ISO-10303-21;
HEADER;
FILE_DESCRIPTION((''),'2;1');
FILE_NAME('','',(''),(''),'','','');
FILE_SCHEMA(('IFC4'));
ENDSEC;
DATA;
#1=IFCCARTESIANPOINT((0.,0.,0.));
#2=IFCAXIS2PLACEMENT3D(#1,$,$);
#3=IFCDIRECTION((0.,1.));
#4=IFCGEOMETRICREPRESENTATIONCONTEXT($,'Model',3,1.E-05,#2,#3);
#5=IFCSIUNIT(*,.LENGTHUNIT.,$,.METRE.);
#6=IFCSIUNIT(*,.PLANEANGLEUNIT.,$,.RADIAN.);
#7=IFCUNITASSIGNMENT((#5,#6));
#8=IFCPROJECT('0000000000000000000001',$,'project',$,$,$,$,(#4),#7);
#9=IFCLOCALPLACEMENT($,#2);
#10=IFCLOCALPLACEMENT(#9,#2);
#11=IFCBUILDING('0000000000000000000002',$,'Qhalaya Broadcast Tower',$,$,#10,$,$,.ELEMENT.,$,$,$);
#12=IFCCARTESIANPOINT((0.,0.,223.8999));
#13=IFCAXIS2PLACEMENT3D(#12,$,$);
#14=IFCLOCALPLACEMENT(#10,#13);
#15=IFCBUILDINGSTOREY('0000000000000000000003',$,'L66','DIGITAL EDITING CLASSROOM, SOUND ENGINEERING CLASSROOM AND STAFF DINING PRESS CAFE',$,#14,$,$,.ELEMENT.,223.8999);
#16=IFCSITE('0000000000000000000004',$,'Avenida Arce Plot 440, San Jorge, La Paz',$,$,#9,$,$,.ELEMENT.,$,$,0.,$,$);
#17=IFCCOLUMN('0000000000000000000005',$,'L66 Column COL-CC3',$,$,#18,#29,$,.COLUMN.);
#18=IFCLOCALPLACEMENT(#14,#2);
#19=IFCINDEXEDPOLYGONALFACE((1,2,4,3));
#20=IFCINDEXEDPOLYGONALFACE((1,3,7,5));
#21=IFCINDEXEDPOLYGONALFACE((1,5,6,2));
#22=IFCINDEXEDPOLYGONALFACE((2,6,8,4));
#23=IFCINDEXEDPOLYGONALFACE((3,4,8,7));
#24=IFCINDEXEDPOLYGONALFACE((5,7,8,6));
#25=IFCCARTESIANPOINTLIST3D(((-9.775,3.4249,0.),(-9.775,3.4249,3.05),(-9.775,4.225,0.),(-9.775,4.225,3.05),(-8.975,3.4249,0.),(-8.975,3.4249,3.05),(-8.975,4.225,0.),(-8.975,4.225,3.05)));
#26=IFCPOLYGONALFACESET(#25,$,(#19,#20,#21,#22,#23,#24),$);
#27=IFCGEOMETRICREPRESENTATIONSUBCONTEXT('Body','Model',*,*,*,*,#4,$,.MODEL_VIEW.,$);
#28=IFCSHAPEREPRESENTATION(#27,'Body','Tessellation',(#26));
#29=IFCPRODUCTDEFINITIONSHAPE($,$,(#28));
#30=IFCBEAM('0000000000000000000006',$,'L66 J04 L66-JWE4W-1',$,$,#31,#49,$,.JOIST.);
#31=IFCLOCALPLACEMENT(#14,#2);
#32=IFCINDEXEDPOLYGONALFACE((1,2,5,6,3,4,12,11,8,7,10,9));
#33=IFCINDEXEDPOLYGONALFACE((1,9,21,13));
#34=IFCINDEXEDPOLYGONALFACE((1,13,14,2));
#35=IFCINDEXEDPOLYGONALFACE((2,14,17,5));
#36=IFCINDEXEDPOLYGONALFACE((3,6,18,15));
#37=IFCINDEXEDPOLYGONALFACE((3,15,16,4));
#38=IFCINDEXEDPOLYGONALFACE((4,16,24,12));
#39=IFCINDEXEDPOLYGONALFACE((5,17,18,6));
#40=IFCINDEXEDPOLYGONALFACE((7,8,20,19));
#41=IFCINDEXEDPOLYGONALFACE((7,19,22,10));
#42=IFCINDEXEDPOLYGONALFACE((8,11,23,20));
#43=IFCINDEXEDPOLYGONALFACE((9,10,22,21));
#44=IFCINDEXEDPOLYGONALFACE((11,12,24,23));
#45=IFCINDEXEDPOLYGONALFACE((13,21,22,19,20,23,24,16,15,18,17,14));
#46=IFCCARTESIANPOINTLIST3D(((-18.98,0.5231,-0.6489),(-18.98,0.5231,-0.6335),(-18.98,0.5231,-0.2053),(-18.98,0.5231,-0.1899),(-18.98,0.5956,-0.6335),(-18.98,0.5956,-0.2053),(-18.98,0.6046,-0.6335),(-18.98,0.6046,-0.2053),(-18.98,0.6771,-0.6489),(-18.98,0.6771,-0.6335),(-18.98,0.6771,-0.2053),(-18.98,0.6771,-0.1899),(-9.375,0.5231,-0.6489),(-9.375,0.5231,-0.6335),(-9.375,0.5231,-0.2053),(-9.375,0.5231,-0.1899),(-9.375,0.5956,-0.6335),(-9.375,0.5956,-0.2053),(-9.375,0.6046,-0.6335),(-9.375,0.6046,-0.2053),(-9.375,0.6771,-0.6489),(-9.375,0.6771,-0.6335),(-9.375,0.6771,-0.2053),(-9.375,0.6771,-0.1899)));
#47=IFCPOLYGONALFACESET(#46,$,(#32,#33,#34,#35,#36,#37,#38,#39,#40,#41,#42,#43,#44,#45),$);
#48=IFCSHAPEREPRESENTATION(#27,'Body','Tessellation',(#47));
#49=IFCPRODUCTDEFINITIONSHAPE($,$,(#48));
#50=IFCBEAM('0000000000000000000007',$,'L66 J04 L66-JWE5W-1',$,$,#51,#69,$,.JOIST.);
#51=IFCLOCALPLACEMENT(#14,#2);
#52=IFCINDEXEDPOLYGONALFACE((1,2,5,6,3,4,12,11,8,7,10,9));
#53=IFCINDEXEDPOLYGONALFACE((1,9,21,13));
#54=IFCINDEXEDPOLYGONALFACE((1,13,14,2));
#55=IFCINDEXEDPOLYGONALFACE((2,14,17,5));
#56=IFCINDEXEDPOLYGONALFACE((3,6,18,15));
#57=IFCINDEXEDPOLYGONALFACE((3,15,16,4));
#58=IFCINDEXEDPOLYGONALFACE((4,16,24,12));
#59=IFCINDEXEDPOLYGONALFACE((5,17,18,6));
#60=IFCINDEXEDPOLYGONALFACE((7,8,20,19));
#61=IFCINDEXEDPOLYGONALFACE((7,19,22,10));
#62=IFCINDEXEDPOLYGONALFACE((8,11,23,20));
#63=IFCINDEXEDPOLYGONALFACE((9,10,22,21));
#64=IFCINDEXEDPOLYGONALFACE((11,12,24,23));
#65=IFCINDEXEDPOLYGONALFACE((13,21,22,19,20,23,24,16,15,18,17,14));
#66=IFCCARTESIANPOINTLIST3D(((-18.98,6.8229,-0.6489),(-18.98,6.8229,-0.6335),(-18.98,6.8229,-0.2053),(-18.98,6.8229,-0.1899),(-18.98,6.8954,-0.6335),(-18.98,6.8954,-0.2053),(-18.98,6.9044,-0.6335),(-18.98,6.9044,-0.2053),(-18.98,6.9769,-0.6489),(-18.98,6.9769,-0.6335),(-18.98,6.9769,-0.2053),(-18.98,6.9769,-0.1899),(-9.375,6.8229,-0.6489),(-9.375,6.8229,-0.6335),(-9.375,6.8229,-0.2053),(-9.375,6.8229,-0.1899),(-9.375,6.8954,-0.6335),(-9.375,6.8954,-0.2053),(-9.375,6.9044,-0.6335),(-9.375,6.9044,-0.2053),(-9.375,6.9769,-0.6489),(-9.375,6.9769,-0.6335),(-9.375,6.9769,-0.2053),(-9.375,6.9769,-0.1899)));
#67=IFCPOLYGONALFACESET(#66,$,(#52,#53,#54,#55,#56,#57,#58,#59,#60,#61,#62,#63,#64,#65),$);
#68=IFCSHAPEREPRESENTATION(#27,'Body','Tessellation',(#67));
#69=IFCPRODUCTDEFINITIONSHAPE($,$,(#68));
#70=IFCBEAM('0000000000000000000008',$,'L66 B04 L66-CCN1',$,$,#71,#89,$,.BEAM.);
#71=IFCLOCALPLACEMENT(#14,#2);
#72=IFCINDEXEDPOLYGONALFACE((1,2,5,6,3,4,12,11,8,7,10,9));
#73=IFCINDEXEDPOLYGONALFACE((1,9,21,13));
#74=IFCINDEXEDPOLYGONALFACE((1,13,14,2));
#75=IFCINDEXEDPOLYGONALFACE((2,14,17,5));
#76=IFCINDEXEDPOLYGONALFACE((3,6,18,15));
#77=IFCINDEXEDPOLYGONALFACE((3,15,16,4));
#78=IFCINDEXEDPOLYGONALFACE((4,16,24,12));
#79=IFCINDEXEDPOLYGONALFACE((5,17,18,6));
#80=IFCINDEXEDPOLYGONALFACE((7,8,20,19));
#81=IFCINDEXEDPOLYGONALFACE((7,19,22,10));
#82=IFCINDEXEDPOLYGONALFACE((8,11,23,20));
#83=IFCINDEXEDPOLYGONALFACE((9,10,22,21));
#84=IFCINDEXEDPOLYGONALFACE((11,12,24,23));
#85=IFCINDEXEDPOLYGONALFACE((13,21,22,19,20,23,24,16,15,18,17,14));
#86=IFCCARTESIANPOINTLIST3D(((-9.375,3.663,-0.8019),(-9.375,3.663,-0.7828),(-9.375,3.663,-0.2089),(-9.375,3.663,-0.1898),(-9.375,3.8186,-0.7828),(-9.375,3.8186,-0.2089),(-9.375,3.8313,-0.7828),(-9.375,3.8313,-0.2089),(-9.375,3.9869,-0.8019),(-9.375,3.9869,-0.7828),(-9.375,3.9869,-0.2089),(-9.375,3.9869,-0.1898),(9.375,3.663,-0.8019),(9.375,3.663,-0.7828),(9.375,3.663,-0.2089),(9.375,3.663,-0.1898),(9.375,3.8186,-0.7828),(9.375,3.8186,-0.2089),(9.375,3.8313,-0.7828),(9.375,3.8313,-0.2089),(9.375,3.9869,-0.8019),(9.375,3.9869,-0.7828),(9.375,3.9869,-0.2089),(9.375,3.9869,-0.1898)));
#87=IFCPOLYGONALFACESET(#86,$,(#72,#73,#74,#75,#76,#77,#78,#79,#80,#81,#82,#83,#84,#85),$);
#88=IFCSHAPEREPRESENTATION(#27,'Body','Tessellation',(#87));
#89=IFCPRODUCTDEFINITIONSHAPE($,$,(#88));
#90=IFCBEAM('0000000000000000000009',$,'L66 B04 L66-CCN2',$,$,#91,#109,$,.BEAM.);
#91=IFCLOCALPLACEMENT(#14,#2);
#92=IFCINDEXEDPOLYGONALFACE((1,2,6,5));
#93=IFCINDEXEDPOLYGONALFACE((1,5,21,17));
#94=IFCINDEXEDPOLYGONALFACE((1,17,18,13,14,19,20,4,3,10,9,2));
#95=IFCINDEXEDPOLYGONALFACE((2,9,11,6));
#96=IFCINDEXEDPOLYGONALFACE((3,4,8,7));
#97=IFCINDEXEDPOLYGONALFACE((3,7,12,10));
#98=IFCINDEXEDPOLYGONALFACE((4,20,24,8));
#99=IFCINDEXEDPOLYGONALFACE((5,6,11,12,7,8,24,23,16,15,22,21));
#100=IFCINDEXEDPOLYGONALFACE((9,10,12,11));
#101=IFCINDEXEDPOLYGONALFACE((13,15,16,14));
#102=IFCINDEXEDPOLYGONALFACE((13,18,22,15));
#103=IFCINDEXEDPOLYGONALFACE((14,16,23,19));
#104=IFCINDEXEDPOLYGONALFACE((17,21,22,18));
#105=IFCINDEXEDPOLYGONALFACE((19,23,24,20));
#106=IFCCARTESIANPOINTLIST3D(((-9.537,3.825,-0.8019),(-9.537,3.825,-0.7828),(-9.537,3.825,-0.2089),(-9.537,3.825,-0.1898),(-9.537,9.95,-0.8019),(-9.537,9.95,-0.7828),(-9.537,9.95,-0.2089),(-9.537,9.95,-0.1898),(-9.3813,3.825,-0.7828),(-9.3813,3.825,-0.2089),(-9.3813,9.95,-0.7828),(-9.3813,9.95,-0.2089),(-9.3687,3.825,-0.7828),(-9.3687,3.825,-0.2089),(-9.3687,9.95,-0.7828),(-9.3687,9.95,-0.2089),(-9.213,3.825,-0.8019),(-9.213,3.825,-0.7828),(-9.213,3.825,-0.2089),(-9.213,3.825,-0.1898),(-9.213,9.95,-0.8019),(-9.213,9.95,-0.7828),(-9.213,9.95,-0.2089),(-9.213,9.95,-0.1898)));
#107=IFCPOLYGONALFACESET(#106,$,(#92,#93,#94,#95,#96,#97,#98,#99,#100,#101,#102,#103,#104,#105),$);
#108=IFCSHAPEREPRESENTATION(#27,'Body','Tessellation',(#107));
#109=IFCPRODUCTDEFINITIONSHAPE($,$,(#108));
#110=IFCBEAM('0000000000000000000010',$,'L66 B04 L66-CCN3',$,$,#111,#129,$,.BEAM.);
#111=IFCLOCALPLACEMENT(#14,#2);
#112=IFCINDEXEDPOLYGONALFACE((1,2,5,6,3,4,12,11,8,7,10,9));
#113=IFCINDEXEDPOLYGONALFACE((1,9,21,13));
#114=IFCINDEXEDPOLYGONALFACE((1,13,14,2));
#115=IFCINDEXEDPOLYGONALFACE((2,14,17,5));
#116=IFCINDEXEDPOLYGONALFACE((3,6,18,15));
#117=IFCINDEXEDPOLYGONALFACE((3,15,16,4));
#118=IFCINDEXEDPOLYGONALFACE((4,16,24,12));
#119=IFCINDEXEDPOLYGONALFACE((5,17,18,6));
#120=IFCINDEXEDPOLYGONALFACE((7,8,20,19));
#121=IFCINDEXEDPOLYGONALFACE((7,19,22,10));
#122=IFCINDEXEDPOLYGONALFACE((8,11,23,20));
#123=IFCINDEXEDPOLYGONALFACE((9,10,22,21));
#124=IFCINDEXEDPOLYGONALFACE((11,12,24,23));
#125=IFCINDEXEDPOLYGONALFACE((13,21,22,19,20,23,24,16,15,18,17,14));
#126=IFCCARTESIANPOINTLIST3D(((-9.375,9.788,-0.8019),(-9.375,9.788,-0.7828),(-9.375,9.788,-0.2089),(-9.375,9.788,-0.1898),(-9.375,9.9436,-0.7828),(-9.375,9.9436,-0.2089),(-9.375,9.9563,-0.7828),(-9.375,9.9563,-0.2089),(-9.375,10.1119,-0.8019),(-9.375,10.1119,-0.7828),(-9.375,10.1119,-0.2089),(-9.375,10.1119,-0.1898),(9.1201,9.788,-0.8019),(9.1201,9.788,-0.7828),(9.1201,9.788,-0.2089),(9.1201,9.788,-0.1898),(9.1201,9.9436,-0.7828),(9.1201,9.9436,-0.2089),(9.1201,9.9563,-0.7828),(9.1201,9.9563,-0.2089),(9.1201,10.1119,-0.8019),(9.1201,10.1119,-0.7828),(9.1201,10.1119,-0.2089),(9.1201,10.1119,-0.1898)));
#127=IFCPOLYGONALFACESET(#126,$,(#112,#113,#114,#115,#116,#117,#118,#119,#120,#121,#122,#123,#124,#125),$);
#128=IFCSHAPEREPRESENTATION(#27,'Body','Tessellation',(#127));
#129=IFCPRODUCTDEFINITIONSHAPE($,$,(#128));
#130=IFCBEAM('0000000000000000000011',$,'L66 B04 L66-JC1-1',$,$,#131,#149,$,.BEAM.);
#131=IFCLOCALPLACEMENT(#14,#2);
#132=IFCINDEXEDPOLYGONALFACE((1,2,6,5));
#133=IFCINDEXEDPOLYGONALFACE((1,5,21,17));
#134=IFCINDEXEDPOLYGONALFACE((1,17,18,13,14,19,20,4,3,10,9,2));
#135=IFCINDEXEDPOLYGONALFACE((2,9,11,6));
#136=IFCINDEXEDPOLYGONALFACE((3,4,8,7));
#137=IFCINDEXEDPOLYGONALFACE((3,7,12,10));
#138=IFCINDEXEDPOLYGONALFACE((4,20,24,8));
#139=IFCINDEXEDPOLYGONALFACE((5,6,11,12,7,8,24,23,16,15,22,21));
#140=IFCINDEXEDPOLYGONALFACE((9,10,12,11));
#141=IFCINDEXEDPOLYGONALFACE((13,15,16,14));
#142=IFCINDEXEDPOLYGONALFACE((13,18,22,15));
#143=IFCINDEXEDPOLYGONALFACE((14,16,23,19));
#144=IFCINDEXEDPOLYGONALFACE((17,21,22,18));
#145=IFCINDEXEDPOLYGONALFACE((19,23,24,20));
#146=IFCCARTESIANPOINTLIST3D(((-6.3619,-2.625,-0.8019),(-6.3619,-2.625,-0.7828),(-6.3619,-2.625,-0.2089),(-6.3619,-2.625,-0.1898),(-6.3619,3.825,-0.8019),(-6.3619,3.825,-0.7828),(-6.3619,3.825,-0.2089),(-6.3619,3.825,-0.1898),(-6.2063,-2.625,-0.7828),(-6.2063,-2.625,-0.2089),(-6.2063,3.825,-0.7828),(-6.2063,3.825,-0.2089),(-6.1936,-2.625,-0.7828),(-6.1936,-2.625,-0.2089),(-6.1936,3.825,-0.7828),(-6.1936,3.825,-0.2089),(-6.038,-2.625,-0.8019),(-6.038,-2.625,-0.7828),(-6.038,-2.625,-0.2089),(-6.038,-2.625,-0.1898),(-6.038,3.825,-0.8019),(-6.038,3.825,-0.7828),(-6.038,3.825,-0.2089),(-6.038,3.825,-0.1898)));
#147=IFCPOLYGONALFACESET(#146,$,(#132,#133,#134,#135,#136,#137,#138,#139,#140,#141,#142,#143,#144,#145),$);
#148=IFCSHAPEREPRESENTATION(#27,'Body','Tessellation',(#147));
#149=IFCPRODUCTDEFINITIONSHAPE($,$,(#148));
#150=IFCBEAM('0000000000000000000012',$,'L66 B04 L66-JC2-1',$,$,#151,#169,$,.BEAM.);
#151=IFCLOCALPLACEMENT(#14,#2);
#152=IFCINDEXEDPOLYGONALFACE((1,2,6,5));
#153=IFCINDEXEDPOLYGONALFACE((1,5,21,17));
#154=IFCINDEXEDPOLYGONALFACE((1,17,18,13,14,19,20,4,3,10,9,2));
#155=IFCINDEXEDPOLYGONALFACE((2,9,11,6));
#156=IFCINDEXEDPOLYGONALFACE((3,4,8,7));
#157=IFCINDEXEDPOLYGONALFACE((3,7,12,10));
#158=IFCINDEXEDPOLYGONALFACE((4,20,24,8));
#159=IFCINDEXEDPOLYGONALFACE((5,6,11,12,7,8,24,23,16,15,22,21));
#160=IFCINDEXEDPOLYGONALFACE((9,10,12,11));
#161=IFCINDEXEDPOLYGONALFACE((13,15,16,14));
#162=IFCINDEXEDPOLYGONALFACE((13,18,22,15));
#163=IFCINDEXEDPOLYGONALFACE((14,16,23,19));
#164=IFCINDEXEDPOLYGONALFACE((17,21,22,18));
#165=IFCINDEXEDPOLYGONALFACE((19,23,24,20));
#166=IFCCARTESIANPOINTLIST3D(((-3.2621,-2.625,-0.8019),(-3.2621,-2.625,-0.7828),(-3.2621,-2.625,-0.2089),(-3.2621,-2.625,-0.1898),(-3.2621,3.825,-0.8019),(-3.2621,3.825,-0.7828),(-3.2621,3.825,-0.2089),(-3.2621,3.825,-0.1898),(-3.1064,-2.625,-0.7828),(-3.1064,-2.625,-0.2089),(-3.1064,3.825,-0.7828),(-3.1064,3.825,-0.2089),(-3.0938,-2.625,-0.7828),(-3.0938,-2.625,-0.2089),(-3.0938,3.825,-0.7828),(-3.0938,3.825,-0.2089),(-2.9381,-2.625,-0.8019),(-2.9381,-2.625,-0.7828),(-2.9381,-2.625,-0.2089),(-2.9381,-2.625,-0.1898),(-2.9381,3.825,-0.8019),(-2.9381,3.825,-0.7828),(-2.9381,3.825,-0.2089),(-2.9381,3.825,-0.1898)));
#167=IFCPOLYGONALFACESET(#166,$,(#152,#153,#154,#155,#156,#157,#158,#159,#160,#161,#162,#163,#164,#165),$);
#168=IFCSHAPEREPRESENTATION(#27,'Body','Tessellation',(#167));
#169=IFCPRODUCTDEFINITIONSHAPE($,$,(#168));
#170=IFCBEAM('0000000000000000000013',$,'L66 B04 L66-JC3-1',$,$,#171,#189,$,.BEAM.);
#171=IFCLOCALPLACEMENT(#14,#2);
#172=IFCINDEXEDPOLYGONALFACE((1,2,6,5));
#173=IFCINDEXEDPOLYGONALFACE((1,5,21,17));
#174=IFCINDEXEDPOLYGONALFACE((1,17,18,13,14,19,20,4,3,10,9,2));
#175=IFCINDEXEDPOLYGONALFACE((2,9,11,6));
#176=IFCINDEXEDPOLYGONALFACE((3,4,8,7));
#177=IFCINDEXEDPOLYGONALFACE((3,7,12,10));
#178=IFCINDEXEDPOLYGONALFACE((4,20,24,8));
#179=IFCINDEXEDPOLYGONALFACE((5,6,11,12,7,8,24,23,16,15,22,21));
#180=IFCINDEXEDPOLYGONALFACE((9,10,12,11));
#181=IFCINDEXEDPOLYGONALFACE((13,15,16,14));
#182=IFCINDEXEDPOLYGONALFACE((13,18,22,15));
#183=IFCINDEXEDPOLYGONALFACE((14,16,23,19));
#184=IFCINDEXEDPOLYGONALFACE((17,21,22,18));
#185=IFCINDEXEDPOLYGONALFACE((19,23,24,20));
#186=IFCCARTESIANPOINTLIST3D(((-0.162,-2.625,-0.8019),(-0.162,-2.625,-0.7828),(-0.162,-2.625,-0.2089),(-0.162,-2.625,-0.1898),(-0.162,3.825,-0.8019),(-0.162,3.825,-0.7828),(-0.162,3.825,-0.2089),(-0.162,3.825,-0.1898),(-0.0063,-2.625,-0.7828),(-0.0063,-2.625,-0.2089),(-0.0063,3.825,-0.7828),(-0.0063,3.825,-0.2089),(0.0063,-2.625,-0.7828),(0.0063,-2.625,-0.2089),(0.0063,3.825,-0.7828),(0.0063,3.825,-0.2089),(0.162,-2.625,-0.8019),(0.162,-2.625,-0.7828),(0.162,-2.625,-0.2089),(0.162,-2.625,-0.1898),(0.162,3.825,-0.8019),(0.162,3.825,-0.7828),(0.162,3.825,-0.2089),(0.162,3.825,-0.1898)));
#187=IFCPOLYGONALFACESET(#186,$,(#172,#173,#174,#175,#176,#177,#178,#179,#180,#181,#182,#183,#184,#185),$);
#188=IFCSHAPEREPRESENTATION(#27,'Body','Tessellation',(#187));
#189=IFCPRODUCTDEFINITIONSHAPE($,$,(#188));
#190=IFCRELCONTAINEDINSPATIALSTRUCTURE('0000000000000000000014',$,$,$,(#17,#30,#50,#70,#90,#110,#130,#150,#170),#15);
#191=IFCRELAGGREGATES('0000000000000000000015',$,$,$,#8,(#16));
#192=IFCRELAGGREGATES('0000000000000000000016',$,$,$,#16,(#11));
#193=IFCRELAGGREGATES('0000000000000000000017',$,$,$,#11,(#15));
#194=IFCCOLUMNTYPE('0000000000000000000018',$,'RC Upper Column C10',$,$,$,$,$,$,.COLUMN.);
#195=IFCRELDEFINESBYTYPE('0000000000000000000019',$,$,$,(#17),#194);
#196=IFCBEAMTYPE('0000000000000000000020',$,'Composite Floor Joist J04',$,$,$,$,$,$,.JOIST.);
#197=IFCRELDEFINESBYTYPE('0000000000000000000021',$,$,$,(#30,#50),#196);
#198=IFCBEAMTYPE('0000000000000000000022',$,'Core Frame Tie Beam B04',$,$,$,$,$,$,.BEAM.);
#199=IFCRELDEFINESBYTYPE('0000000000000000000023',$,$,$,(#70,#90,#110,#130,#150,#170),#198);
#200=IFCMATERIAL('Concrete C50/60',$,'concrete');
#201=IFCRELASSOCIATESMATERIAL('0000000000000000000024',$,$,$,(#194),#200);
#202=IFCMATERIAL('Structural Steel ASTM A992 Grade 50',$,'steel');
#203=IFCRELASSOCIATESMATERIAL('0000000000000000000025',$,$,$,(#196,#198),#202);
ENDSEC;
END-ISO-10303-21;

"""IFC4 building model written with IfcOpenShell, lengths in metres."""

from ifc_helpers import new_model, si_unit, direction, frame, origin, origin_2d, place, context, subcontext, project, spatial, rectangle, i_section, extrude, material, material_profile, profile_set, type_object, element, save


model = new_model("IFC4")

# Units and contexts
model_context = context("Model", 3, precision=1e-05, world=origin(), true_north=direction((0.0, 1.0)))
body_context = subcontext(model_context, "Body", "Model", "MODEL_VIEW")
ifc_project = project(units=[si_unit("LENGTHUNIT", "METRE"), si_unit("PLANEANGLEUNIT", "RADIAN")], contexts=[model_context])

# Site, building, storey
site_placement = place(None, origin())
site = spatial("IfcSite", under=ifc_project, at=site_placement, Name="Avenida Arce Plot 440, San Jorge, La Paz", CompositionType="ELEMENT", RefElevation=0.0)
building_placement = place(site_placement, origin())
building = spatial("IfcBuilding", under=site, at=building_placement, Name="Qhalaya Broadcast Tower", CompositionType="ELEMENT")
storey_placement = place(building_placement, frame((0.0, 0.0, 223.8999)))
storey = spatial("IfcBuildingStorey", under=building, at=storey_placement, Name="L66", Description="DIGITAL EDITING CLASSROOM, SOUND ENGINEERING CLASSROOM AND STAFF DINING PRESS CAFE", CompositionType="ELEMENT", Elevation=223.8999)

# Column
ifc_material_1 = material(Name="Concrete C50/60", Category="concrete")
ifc_material_profile_1 = material_profile(ifc_material_1, rectangle(XDim=0.8, YDim=0.8, at=origin_2d()), Name="RC-COL 800x800")
ifc_profile_set_1 = profile_set([ifc_material_profile_1], Name="Concrete C50/60")
column_type = type_object("IfcColumnType", Name="RC Upper Column C10", PredefinedType="COLUMN", material=ifc_profile_set_1)
column_placement = place(storey_placement, frame((-9.375, 3.825, 0.0), z_axis=(0.0, 0.0, 1.0), x_axis=(1.0, 0.0, 0.0)))
element("IfcColumn", 1, at=column_placement, inside=storey, type_object=column_type, Name="L66 Column COL-CC3", PredefinedType="COLUMN", context=body_context, shape_type="SweptSolid", body=[
    extrude(rectangle(XDim=0.8, YDim=0.8, at=origin_2d()), origin(), (0.0, 0.0, 1.0), 3.05),
])

# Beams
ifc_material_2 = material(Name="Structural Steel ASTM A992 Grade 50", Category="steel")
ifc_material_profile_2 = material_profile(ifc_material_2, i_section(OverallWidth=0.1541, OverallDepth=0.459, WebThickness=0.009, FlangeThickness=0.0154, at=origin_2d()), Name="W18X46")
ifc_profile_set_2 = profile_set([ifc_material_profile_2], Name="Structural Steel ASTM A992 Grade 50")
beam_type_1 = type_object("IfcBeamType", Name="Composite Floor Joist J04", PredefinedType="JOIST", material=ifc_profile_set_2)
for number, where, z_axis, x_axis, name in (
    (2, (-18.98, 0.6001, -0.4194), (1.0, 0.0, 0.0), (0.0, 1.0, 0.0), "L66 J04 L66-JWE4W-1"),
    (3, (-18.98, 6.8999, -0.4194), (1.0, 0.0, 0.0), (0.0, 1.0, 0.0), "L66 J04 L66-JWE5W-1"),
):
    element("IfcBeam", number, at=place(storey_placement, frame(where, z_axis=z_axis, x_axis=x_axis)), inside=storey, type_object=beam_type_1, Name=name, PredefinedType="JOIST", context=body_context, shape_type="SweptSolid", body=[
        extrude(i_section(OverallWidth=0.1541, OverallDepth=0.459, WebThickness=0.009, FlangeThickness=0.0154, at=origin_2d()), origin(), (0.0, 0.0, 1.0), 9.605),
    ])
ifc_material_profile_3 = material_profile(ifc_material_2, i_section(OverallWidth=0.324, OverallDepth=0.6121, WebThickness=0.0127, FlangeThickness=0.019, at=origin_2d()), Name="W24X104")
ifc_profile_set_3 = profile_set([ifc_material_profile_3], Name="Structural Steel ASTM A992 Grade 50")
beam_type_2 = type_object("IfcBeamType", Name="Core Frame Tie Beam B04", PredefinedType="BEAM", material=ifc_profile_set_3)
beam_1_placement = place(storey_placement, frame((-9.375, 3.825, -0.4958), z_axis=(1.0, 0.0, 0.0), x_axis=(0.0, 1.0, 0.0)))
element("IfcBeam", 4, at=beam_1_placement, inside=storey, type_object=beam_type_2, Name="L66 B04 L66-CCN1", PredefinedType="BEAM", context=body_context, shape_type="SweptSolid", body=[
    extrude(i_section(OverallWidth=0.324, OverallDepth=0.6121, WebThickness=0.0127, FlangeThickness=0.019, at=origin_2d()), origin(), (0.0, 0.0, 1.0), 18.75),
])
beam_2_placement = place(storey_placement, frame((-9.375, 3.825, -0.4958), z_axis=(0.0, 1.0, 0.0), x_axis=(-1.0, 0.0, 0.0)))
element("IfcBeam", 5, at=beam_2_placement, inside=storey, type_object=beam_type_2, Name="L66 B04 L66-CCN2", PredefinedType="BEAM", context=body_context, shape_type="SweptSolid", body=[
    extrude(i_section(OverallWidth=0.324, OverallDepth=0.6121, WebThickness=0.0127, FlangeThickness=0.019, at=origin_2d()), origin(), (0.0, 0.0, 1.0), 6.125),
])
beam_3_placement = place(storey_placement, frame((-9.375, 9.95, -0.4958), z_axis=(1.0, 0.0, 0.0), x_axis=(0.0, 1.0, 0.0)))
element("IfcBeam", 6, at=beam_3_placement, inside=storey, type_object=beam_type_2, Name="L66 B04 L66-CCN3", PredefinedType="BEAM", context=body_context, shape_type="SweptSolid", body=[
    extrude(i_section(OverallWidth=0.324, OverallDepth=0.6121, WebThickness=0.0127, FlangeThickness=0.019, at=origin_2d()), origin(), (0.0, 0.0, 1.0), 18.4951),
])
for number, where, z_axis, x_axis, name in (
    (7, (-6.2, -2.625, -0.4958), (0.0, 1.0, 0.0), (-1.0, 0.0, 0.0), "L66 B04 L66-JC1-1"),
    (8, (-3.1001, -2.625, -0.4958), (0.0, 1.0, 0.0), (-1.0, 0.0, 0.0), "L66 B04 L66-JC2-1"),
    (9, (0.0, -2.625, -0.4958), (0.0, 1.0, 0.0), (-1.0, 0.0, 0.0), "L66 B04 L66-JC3-1"),
):
    element("IfcBeam", number, at=place(storey_placement, frame(where, z_axis=z_axis, x_axis=x_axis)), inside=storey, type_object=beam_type_2, Name=name, PredefinedType="BEAM", context=body_context, shape_type="SweptSolid", body=[
        extrude(i_section(OverallWidth=0.324, OverallDepth=0.6121, WebThickness=0.0127, FlangeThickness=0.019, at=origin_2d()), origin(), (0.0, 0.0, 1.0), 6.45),
    ])

save(model, "model.ifc")
